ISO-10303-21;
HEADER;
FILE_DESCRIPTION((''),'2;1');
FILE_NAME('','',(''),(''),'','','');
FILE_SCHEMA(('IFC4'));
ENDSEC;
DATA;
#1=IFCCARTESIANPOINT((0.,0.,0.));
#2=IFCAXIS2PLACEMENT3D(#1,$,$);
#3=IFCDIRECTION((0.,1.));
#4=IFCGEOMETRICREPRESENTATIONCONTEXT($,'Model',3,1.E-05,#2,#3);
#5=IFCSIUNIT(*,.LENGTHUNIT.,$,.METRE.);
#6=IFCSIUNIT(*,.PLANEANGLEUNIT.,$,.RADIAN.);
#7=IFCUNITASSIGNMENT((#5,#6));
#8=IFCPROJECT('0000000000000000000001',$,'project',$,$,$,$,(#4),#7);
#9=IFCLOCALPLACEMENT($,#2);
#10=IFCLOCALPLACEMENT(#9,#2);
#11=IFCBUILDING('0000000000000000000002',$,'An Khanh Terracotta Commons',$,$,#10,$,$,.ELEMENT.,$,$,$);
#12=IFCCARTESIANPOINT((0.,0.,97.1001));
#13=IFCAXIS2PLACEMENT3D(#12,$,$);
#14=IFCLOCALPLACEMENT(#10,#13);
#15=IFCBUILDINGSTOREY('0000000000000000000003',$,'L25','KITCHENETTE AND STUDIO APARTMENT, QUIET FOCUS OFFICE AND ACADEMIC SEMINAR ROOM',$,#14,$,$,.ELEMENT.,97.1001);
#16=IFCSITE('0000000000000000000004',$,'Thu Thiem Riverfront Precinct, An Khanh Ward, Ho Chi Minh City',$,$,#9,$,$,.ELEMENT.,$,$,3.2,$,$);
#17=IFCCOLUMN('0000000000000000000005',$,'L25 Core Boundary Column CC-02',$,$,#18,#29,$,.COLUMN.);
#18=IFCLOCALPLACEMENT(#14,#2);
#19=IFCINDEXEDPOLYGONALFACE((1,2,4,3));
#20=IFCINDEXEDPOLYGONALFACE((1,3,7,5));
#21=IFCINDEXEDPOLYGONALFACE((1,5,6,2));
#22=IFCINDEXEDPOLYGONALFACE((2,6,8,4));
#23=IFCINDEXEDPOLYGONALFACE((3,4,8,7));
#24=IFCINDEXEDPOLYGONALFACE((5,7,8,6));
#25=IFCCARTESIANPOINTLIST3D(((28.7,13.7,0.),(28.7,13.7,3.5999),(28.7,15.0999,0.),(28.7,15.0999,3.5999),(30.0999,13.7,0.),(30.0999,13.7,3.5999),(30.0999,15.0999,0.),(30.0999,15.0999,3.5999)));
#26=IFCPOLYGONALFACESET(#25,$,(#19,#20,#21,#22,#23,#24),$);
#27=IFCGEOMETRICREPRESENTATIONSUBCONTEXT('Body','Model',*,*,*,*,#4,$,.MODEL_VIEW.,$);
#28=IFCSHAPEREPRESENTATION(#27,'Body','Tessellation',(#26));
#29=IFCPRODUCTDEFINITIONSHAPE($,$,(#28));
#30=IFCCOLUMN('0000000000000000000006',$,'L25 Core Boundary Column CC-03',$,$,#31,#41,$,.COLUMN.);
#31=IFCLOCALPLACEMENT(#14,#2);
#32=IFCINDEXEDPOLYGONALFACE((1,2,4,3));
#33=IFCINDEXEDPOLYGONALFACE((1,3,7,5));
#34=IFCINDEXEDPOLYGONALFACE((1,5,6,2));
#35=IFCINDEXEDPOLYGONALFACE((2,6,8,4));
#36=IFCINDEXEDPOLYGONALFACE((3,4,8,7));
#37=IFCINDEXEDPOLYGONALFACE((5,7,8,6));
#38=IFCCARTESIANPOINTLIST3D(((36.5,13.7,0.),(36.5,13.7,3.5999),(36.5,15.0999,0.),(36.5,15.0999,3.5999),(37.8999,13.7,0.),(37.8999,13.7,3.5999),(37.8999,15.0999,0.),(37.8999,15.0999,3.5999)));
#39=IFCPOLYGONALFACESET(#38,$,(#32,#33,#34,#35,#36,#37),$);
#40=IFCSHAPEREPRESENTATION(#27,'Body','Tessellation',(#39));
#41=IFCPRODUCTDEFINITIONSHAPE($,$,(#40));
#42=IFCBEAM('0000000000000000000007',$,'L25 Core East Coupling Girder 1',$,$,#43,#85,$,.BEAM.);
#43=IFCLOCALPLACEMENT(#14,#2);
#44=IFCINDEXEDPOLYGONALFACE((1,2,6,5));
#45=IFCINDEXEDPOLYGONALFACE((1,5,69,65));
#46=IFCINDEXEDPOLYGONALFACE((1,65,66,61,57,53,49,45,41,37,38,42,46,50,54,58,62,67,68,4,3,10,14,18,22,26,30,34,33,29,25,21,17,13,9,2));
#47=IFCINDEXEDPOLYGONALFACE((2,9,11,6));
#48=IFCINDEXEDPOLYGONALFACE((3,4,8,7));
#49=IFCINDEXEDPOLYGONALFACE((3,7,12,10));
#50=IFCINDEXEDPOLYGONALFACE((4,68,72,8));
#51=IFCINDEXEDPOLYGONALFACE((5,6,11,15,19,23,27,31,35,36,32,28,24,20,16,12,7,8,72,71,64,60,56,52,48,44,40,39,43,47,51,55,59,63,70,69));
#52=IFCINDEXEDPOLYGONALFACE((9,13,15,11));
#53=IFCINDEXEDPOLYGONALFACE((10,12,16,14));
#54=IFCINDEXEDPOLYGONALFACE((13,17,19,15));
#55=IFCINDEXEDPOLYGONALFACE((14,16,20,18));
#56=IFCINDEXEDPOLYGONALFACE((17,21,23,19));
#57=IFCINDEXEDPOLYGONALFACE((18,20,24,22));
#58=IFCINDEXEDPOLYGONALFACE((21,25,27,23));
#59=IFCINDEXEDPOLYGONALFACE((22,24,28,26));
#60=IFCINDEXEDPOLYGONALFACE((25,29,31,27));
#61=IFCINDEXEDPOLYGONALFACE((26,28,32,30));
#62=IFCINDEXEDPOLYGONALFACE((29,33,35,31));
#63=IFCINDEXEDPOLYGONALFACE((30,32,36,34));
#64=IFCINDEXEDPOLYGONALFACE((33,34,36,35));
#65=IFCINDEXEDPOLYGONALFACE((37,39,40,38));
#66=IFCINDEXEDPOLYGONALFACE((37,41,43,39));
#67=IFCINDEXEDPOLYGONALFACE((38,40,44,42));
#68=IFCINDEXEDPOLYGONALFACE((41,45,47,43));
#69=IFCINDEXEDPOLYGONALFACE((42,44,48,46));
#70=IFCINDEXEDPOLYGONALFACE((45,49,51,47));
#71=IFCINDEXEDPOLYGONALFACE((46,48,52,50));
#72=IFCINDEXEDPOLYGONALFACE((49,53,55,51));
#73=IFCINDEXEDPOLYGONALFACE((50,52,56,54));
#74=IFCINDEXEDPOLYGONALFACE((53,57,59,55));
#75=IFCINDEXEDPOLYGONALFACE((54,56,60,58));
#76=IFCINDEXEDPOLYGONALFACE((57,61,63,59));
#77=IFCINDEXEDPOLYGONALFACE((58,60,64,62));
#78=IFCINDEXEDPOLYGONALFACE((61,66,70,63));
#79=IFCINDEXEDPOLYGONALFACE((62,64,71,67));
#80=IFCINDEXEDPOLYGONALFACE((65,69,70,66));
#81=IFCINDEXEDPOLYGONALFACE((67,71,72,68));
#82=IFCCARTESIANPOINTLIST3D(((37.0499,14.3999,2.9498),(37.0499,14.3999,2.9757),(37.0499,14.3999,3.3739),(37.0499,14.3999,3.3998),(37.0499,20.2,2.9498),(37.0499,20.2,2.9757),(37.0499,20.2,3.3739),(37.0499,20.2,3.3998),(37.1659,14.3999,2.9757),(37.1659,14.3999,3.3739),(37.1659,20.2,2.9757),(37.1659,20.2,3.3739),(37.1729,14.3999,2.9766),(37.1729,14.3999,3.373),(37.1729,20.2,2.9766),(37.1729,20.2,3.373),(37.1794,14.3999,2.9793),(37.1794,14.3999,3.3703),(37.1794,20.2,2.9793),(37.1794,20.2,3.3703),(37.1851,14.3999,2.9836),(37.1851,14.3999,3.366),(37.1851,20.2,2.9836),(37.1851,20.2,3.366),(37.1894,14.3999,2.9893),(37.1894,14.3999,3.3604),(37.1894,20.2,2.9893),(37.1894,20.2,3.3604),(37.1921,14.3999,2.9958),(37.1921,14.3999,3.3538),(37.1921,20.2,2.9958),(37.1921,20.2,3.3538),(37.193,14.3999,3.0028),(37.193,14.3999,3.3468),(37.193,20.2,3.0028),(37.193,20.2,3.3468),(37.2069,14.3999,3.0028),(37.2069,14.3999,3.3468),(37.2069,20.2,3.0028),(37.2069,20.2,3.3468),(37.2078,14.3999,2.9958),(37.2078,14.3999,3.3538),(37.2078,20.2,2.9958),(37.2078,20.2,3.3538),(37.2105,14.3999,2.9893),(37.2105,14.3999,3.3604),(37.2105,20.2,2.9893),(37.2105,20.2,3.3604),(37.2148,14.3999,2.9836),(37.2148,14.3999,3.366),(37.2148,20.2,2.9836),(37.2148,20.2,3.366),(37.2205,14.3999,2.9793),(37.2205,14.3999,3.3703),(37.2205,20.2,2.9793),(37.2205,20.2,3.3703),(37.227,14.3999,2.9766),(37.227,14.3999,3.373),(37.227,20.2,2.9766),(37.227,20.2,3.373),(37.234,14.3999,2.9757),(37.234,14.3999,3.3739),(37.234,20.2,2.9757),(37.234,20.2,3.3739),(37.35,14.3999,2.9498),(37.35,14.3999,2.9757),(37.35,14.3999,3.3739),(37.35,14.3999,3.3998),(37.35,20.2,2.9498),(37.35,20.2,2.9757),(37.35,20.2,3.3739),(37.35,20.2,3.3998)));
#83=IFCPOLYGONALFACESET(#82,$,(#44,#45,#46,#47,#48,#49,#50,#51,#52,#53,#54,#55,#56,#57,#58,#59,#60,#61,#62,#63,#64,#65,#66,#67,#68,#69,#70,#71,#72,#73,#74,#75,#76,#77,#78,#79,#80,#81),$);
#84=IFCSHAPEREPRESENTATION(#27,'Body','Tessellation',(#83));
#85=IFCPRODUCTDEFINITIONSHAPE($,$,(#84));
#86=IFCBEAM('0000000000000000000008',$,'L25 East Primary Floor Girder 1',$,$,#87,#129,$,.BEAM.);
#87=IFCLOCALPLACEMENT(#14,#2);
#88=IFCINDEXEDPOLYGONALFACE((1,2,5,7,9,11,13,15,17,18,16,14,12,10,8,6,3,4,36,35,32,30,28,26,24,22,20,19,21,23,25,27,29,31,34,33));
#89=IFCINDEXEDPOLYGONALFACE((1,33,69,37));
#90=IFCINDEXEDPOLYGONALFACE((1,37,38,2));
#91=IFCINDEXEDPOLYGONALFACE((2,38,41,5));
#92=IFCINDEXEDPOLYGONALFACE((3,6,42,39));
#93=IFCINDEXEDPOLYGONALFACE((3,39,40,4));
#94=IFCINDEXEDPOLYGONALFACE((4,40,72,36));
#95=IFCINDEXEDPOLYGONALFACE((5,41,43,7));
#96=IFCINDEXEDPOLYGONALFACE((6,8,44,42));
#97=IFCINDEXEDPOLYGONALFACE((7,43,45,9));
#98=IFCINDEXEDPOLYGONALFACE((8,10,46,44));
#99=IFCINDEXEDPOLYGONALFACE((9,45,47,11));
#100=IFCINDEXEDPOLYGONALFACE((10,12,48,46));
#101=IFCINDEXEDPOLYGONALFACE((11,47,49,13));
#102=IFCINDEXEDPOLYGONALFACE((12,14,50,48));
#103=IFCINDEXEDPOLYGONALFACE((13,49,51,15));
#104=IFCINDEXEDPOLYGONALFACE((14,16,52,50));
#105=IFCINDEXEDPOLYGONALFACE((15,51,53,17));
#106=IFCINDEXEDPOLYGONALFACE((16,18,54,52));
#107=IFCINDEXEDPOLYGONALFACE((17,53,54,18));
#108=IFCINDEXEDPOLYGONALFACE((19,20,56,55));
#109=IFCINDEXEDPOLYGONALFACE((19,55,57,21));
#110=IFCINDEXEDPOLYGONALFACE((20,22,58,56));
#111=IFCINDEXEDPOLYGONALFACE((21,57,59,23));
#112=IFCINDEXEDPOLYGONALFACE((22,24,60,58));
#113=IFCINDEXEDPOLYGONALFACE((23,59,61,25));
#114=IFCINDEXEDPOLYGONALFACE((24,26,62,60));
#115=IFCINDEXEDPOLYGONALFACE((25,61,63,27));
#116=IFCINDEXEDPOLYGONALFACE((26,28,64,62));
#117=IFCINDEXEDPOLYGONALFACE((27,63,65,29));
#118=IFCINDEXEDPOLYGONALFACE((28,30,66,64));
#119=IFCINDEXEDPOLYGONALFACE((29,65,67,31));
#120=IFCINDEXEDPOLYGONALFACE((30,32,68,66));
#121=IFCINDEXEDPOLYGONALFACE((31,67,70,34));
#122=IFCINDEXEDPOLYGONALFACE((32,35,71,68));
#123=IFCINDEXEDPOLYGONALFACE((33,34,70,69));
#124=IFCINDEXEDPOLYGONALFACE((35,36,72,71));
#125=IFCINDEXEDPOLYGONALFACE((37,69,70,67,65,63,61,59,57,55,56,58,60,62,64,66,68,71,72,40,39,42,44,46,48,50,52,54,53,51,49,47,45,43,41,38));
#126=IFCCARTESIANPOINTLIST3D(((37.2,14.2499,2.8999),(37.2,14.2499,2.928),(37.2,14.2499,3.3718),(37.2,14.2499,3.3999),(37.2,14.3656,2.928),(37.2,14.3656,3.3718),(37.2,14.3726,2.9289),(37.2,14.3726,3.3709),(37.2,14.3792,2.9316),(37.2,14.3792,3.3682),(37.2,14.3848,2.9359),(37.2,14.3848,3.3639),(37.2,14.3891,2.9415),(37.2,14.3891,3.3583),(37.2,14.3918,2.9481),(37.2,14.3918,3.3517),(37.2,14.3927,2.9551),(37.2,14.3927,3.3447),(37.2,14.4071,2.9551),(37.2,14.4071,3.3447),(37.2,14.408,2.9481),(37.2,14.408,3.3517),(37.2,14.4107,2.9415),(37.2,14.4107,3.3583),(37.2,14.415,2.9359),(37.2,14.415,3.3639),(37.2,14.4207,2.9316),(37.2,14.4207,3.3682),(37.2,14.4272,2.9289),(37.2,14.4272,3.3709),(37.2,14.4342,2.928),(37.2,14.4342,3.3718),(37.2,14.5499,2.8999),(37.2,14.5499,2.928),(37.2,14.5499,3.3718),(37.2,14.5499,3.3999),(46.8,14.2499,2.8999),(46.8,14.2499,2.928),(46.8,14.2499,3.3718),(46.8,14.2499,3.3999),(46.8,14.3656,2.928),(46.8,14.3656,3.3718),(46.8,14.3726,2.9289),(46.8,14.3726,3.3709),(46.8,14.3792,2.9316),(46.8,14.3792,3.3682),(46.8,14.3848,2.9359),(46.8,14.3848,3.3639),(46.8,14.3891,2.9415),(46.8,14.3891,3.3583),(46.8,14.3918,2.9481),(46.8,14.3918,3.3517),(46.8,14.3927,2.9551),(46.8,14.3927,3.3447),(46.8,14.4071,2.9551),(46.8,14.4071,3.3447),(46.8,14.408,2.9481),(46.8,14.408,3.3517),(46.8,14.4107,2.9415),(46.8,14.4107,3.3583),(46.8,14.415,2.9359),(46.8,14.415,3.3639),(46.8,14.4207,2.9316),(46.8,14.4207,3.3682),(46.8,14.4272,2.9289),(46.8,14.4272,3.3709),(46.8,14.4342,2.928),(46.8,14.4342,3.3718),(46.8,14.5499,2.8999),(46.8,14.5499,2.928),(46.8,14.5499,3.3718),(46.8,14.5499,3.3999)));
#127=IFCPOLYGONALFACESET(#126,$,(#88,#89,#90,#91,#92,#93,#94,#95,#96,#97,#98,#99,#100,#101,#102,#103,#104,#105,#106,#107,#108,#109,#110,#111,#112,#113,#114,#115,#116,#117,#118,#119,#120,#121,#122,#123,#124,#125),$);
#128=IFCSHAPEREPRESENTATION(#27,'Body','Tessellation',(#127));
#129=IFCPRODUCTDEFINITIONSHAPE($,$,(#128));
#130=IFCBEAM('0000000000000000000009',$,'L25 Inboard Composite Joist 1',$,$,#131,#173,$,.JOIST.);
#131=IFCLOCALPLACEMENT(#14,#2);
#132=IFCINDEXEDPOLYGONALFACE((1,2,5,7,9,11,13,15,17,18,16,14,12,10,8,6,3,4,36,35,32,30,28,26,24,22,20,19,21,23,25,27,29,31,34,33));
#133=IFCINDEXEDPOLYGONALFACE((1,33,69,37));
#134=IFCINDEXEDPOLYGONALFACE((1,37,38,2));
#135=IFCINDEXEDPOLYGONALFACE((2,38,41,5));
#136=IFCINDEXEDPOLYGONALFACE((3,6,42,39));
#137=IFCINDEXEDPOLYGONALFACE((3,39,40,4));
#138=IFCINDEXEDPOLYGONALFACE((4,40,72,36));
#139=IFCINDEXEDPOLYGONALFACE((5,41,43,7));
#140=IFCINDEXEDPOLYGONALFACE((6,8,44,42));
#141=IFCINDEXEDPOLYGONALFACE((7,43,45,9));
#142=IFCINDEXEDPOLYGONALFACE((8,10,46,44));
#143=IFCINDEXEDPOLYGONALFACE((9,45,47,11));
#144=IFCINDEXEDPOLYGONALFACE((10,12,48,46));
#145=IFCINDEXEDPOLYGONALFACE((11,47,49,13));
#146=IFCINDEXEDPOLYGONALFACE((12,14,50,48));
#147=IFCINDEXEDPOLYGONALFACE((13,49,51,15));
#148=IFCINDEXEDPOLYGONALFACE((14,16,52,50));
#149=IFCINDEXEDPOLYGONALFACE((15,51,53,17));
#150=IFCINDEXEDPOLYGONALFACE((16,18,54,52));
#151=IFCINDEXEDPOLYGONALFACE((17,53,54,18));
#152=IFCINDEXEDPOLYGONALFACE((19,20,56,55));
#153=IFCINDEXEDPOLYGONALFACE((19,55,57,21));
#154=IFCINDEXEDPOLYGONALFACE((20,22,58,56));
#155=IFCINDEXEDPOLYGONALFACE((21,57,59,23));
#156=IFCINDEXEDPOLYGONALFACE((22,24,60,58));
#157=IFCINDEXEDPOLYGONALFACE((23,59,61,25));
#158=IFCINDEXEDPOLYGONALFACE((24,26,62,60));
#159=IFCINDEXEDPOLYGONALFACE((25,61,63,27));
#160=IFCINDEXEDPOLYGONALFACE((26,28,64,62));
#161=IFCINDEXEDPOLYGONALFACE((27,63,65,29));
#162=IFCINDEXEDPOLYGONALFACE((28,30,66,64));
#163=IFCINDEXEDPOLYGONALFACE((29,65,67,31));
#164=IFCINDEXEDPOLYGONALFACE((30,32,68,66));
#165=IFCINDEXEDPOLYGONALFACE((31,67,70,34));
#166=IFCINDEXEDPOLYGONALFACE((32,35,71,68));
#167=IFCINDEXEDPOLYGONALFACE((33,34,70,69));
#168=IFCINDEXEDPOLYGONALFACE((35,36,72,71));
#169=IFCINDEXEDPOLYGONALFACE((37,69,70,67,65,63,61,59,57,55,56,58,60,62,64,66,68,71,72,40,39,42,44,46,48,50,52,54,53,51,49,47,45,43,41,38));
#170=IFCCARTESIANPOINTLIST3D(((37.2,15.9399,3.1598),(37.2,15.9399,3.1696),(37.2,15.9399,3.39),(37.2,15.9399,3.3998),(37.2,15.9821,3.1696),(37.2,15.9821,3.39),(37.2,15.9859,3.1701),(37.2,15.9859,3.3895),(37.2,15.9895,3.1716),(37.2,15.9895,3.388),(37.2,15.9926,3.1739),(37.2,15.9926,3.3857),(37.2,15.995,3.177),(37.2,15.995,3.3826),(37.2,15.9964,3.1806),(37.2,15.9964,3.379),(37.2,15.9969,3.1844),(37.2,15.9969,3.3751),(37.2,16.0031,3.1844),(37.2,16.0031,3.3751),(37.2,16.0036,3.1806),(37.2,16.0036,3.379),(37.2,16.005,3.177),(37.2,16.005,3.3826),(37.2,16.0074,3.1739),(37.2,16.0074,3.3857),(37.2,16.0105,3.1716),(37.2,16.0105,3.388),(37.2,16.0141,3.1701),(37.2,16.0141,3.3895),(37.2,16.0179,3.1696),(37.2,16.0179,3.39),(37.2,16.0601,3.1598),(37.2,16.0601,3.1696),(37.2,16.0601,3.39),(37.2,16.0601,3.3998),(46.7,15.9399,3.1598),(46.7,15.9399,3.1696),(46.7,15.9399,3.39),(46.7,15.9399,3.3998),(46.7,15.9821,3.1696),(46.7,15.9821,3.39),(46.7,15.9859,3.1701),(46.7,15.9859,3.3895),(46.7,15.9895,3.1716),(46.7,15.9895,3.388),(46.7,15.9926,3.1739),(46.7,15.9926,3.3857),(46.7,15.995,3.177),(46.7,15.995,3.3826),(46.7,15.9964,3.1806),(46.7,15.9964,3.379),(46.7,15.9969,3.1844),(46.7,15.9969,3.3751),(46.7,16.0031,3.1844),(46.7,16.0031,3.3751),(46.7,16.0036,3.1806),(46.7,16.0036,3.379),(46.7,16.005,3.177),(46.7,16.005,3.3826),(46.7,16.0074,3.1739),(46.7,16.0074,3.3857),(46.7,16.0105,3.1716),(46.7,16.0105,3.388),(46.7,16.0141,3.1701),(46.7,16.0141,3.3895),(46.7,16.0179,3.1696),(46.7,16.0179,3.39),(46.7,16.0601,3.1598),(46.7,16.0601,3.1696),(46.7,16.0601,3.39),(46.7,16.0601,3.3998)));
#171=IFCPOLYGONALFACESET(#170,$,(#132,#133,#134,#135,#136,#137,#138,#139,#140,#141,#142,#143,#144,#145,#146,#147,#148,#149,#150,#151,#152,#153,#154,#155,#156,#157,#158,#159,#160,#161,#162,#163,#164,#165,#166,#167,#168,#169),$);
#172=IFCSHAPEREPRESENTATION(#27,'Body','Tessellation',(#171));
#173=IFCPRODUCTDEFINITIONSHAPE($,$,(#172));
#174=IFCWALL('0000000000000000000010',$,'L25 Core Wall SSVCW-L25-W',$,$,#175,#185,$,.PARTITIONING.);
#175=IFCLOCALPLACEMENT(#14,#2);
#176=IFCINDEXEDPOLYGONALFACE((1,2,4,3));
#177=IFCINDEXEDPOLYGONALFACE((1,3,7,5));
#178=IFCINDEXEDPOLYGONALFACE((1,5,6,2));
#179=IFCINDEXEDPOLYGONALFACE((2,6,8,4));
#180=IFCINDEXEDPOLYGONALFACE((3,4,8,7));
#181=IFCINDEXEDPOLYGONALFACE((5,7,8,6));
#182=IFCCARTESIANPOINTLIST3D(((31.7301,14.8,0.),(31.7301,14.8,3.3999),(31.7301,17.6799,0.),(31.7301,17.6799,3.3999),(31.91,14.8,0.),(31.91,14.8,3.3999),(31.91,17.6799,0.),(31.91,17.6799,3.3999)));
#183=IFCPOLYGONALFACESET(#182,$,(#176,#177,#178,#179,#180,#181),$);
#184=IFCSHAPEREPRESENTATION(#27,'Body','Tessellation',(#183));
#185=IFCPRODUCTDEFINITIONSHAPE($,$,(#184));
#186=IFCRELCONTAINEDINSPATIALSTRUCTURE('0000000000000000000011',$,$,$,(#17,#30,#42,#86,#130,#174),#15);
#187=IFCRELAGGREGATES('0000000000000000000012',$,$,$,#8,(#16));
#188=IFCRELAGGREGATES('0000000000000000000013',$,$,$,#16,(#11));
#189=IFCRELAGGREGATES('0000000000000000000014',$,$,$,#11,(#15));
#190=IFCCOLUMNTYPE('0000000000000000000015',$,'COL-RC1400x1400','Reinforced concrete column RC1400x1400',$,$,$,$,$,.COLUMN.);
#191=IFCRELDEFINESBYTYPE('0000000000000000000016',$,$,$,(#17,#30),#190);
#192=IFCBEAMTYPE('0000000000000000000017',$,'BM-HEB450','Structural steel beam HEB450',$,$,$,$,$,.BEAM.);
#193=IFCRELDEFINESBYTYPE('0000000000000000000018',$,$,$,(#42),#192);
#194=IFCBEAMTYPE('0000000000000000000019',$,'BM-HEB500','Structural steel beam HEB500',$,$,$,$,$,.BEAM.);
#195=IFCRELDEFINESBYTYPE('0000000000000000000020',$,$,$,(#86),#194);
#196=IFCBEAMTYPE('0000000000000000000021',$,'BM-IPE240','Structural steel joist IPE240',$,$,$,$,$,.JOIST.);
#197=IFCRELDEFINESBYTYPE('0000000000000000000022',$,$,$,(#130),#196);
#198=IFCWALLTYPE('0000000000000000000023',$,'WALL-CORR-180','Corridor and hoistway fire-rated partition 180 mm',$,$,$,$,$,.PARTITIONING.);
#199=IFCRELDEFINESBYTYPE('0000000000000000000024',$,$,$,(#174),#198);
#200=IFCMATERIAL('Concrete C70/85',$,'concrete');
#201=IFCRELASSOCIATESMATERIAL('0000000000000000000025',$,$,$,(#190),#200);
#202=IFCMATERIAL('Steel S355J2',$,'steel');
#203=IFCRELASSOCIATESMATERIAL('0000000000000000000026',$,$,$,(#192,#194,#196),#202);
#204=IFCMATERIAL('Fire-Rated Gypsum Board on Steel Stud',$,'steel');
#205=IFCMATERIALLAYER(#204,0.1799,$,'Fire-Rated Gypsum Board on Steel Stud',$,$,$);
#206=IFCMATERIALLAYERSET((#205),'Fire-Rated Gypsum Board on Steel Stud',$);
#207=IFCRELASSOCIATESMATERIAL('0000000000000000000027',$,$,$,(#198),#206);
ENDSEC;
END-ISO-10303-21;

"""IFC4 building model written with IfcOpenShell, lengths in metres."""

from ifc_helpers import new_model, si_unit, direction, frame, frame_2d, origin, origin_2d, place, context, subcontext, project, spatial, rectangle, i_section, extrude, material, layer, layer_set, material_profile, profile_set, type_object, element, save


model = new_model("IFC4")

# Units and contexts
model_context = context("Model", 3, precision=1e-05, world=origin(), true_north=direction((0.0, 1.0)))
body_context = subcontext(model_context, "Body", "Model", "MODEL_VIEW")
ifc_project = project(units=[si_unit("LENGTHUNIT", "METRE"), si_unit("PLANEANGLEUNIT", "RADIAN")], contexts=[model_context])

# Site, building, storey
site_placement = place(None, origin())
site = spatial("IfcSite", under=ifc_project, at=site_placement, Name="Thu Thiem Riverfront Precinct, An Khanh Ward, Ho Chi Minh City", CompositionType="ELEMENT", RefElevation=3.2)
building_placement = place(site_placement, origin())
building = spatial("IfcBuilding", under=site, at=building_placement, Name="An Khanh Terracotta Commons", CompositionType="ELEMENT")
storey_placement = place(building_placement, frame((0.0, 0.0, 97.1001)))
storey = spatial("IfcBuildingStorey", under=building, at=storey_placement, Name="L25", Description="KITCHENETTE AND STUDIO APARTMENT, QUIET FOCUS OFFICE AND ACADEMIC SEMINAR ROOM", CompositionType="ELEMENT", Elevation=97.1001)

# Columns
ifc_material_1 = material(Name="Concrete C70/85", Category="concrete")
ifc_material_profile_1 = material_profile(ifc_material_1, rectangle(XDim=1.3999, YDim=1.3999, at=origin_2d()), Name="RC1400x1400")
ifc_profile_set_1 = profile_set([ifc_material_profile_1], Name="Concrete C70/85")
column_type = type_object("IfcColumnType", Name="COL-RC1400x1400", Description="Reinforced concrete column RC1400x1400", PredefinedType="COLUMN", material=ifc_profile_set_1)
for number, where, z_axis, x_axis, name in (
    (1, (29.3999, 14.3999, 0.0), (0.0, 0.0, 1.0), (1.0, 0.0, 0.0), "L25 Core Boundary Column CC-02"),
    (2, (37.2, 14.3999, 0.0), (0.0, 0.0, 1.0), (1.0, 0.0, 0.0), "L25 Core Boundary Column CC-03"),
):
    element("IfcColumn", number, at=place(storey_placement, frame(where, z_axis=z_axis, x_axis=x_axis)), inside=storey, type_object=column_type, Name=name, PredefinedType="COLUMN", context=body_context, shape_type="SweptSolid", body=[
        extrude(rectangle(XDim=1.3999, YDim=1.3999, at=origin_2d()), origin(), (0.0, 0.0, 1.0), 3.5999),
    ])

# Beams
ifc_material_2 = material(Name="Steel S355J2", Category="steel")
ifc_material_profile_2 = material_profile(ifc_material_2, i_section(OverallWidth=0.3, OverallDepth=0.45, WebThickness=0.0139, FlangeThickness=0.0259, FilletRadius=0.0271, at=origin_2d()), Name="HEB450")
ifc_profile_set_2 = profile_set([ifc_material_profile_2], Name="Steel S355J2")
beam_type_1 = type_object("IfcBeamType", Name="BM-HEB450", Description="Structural steel beam HEB450", PredefinedType="BEAM", material=ifc_profile_set_2)
beam_1_placement = place(storey_placement, frame((37.2, 14.3999, 3.1748), z_axis=(0.0, 1.0, 0.0), x_axis=(-1.0, 0.0, 0.0)))
element("IfcBeam", 3, at=beam_1_placement, inside=storey, type_object=beam_type_1, Name="L25 Core East Coupling Girder 1", PredefinedType="BEAM", context=body_context, shape_type="SweptSolid", body=[
    extrude(i_section(OverallWidth=0.3, OverallDepth=0.45, WebThickness=0.0139, FlangeThickness=0.0259, FilletRadius=0.0271, at=origin_2d()), origin(), (0.0, 0.0, 1.0), 5.8),
])
ifc_material_profile_3 = material_profile(ifc_material_2, i_section(OverallWidth=0.3, OverallDepth=0.5, WebThickness=0.0144, FlangeThickness=0.0281, FilletRadius=0.0271, at=origin_2d()), Name="HEB500")
ifc_profile_set_3 = profile_set([ifc_material_profile_3], Name="Steel S355J2")
beam_type_2 = type_object("IfcBeamType", Name="BM-HEB500", Description="Structural steel beam HEB500", PredefinedType="BEAM", material=ifc_profile_set_3)
beam_2_placement = place(storey_placement, frame((37.2, 14.3999, 3.1499), z_axis=(1.0, 0.0, 0.0), x_axis=(0.0, 1.0, 0.0)))
element("IfcBeam", 4, at=beam_2_placement, inside=storey, type_object=beam_type_2, Name="L25 East Primary Floor Girder 1", PredefinedType="BEAM", context=body_context, shape_type="SweptSolid", body=[
    extrude(i_section(OverallWidth=0.3, OverallDepth=0.5, WebThickness=0.0144, FlangeThickness=0.0281, FilletRadius=0.0271, at=origin_2d()), origin(), (0.0, 0.0, 1.0), 9.6001),
])
ifc_material_profile_4 = material_profile(ifc_material_2, i_section(OverallWidth=0.1201, OverallDepth=0.24, WebThickness=0.0061, FlangeThickness=0.0098, FilletRadius=0.0149, at=origin_2d()), Name="IPE240")
ifc_profile_set_4 = profile_set([ifc_material_profile_4], Name="Steel S355J2")
beam_type_3 = type_object("IfcBeamType", Name="BM-IPE240", Description="Structural steel joist IPE240", PredefinedType="JOIST", material=ifc_profile_set_4)
beam_3_placement = place(storey_placement, frame((37.2, 16.0, 3.2798), z_axis=(1.0, 0.0, 0.0), x_axis=(0.0, 1.0, 0.0)))
element("IfcBeam", 5, at=beam_3_placement, inside=storey, type_object=beam_type_3, Name="L25 Inboard Composite Joist 1", PredefinedType="JOIST", context=body_context, shape_type="SweptSolid", body=[
    extrude(i_section(OverallWidth=0.1201, OverallDepth=0.24, WebThickness=0.0061, FlangeThickness=0.0098, FilletRadius=0.0149, at=origin_2d()), origin(), (0.0, 0.0, 1.0), 9.5),
])

# Wall
ifc_material_3 = material(Name="Fire-Rated Gypsum Board on Steel Stud", Category="steel")
ifc_layer_1 = layer(ifc_material_3, 0.1799, Name="Fire-Rated Gypsum Board on Steel Stud")
ifc_layer_set_1 = layer_set([ifc_layer_1], Name="Fire-Rated Gypsum Board on Steel Stud")
wall_type_1 = type_object("IfcWallType", Name="WALL-CORR-180", Description="Corridor and hoistway fire-rated partition 180 mm", PredefinedType="PARTITIONING", material=ifc_layer_set_1)
wall_1_placement = place(storey_placement, frame((31.8201, 14.8, 0.0), z_axis=(0.0, 0.0, 1.0), x_axis=(0.0, 1.0, 0.0)))
element("IfcWall", 6, at=wall_1_placement, inside=storey, type_object=wall_type_1, Name="L25 Core Wall SSVCW-L25-W", PredefinedType="PARTITIONING", context=body_context, shape_type="SweptSolid", body=[
    extrude(rectangle(XDim=2.8799, YDim=0.1799, at=frame_2d((1.4399, 0.0))), origin(), (0.0, 0.0, 1.0), 3.3999),
])

save(model, "model.ifc")
